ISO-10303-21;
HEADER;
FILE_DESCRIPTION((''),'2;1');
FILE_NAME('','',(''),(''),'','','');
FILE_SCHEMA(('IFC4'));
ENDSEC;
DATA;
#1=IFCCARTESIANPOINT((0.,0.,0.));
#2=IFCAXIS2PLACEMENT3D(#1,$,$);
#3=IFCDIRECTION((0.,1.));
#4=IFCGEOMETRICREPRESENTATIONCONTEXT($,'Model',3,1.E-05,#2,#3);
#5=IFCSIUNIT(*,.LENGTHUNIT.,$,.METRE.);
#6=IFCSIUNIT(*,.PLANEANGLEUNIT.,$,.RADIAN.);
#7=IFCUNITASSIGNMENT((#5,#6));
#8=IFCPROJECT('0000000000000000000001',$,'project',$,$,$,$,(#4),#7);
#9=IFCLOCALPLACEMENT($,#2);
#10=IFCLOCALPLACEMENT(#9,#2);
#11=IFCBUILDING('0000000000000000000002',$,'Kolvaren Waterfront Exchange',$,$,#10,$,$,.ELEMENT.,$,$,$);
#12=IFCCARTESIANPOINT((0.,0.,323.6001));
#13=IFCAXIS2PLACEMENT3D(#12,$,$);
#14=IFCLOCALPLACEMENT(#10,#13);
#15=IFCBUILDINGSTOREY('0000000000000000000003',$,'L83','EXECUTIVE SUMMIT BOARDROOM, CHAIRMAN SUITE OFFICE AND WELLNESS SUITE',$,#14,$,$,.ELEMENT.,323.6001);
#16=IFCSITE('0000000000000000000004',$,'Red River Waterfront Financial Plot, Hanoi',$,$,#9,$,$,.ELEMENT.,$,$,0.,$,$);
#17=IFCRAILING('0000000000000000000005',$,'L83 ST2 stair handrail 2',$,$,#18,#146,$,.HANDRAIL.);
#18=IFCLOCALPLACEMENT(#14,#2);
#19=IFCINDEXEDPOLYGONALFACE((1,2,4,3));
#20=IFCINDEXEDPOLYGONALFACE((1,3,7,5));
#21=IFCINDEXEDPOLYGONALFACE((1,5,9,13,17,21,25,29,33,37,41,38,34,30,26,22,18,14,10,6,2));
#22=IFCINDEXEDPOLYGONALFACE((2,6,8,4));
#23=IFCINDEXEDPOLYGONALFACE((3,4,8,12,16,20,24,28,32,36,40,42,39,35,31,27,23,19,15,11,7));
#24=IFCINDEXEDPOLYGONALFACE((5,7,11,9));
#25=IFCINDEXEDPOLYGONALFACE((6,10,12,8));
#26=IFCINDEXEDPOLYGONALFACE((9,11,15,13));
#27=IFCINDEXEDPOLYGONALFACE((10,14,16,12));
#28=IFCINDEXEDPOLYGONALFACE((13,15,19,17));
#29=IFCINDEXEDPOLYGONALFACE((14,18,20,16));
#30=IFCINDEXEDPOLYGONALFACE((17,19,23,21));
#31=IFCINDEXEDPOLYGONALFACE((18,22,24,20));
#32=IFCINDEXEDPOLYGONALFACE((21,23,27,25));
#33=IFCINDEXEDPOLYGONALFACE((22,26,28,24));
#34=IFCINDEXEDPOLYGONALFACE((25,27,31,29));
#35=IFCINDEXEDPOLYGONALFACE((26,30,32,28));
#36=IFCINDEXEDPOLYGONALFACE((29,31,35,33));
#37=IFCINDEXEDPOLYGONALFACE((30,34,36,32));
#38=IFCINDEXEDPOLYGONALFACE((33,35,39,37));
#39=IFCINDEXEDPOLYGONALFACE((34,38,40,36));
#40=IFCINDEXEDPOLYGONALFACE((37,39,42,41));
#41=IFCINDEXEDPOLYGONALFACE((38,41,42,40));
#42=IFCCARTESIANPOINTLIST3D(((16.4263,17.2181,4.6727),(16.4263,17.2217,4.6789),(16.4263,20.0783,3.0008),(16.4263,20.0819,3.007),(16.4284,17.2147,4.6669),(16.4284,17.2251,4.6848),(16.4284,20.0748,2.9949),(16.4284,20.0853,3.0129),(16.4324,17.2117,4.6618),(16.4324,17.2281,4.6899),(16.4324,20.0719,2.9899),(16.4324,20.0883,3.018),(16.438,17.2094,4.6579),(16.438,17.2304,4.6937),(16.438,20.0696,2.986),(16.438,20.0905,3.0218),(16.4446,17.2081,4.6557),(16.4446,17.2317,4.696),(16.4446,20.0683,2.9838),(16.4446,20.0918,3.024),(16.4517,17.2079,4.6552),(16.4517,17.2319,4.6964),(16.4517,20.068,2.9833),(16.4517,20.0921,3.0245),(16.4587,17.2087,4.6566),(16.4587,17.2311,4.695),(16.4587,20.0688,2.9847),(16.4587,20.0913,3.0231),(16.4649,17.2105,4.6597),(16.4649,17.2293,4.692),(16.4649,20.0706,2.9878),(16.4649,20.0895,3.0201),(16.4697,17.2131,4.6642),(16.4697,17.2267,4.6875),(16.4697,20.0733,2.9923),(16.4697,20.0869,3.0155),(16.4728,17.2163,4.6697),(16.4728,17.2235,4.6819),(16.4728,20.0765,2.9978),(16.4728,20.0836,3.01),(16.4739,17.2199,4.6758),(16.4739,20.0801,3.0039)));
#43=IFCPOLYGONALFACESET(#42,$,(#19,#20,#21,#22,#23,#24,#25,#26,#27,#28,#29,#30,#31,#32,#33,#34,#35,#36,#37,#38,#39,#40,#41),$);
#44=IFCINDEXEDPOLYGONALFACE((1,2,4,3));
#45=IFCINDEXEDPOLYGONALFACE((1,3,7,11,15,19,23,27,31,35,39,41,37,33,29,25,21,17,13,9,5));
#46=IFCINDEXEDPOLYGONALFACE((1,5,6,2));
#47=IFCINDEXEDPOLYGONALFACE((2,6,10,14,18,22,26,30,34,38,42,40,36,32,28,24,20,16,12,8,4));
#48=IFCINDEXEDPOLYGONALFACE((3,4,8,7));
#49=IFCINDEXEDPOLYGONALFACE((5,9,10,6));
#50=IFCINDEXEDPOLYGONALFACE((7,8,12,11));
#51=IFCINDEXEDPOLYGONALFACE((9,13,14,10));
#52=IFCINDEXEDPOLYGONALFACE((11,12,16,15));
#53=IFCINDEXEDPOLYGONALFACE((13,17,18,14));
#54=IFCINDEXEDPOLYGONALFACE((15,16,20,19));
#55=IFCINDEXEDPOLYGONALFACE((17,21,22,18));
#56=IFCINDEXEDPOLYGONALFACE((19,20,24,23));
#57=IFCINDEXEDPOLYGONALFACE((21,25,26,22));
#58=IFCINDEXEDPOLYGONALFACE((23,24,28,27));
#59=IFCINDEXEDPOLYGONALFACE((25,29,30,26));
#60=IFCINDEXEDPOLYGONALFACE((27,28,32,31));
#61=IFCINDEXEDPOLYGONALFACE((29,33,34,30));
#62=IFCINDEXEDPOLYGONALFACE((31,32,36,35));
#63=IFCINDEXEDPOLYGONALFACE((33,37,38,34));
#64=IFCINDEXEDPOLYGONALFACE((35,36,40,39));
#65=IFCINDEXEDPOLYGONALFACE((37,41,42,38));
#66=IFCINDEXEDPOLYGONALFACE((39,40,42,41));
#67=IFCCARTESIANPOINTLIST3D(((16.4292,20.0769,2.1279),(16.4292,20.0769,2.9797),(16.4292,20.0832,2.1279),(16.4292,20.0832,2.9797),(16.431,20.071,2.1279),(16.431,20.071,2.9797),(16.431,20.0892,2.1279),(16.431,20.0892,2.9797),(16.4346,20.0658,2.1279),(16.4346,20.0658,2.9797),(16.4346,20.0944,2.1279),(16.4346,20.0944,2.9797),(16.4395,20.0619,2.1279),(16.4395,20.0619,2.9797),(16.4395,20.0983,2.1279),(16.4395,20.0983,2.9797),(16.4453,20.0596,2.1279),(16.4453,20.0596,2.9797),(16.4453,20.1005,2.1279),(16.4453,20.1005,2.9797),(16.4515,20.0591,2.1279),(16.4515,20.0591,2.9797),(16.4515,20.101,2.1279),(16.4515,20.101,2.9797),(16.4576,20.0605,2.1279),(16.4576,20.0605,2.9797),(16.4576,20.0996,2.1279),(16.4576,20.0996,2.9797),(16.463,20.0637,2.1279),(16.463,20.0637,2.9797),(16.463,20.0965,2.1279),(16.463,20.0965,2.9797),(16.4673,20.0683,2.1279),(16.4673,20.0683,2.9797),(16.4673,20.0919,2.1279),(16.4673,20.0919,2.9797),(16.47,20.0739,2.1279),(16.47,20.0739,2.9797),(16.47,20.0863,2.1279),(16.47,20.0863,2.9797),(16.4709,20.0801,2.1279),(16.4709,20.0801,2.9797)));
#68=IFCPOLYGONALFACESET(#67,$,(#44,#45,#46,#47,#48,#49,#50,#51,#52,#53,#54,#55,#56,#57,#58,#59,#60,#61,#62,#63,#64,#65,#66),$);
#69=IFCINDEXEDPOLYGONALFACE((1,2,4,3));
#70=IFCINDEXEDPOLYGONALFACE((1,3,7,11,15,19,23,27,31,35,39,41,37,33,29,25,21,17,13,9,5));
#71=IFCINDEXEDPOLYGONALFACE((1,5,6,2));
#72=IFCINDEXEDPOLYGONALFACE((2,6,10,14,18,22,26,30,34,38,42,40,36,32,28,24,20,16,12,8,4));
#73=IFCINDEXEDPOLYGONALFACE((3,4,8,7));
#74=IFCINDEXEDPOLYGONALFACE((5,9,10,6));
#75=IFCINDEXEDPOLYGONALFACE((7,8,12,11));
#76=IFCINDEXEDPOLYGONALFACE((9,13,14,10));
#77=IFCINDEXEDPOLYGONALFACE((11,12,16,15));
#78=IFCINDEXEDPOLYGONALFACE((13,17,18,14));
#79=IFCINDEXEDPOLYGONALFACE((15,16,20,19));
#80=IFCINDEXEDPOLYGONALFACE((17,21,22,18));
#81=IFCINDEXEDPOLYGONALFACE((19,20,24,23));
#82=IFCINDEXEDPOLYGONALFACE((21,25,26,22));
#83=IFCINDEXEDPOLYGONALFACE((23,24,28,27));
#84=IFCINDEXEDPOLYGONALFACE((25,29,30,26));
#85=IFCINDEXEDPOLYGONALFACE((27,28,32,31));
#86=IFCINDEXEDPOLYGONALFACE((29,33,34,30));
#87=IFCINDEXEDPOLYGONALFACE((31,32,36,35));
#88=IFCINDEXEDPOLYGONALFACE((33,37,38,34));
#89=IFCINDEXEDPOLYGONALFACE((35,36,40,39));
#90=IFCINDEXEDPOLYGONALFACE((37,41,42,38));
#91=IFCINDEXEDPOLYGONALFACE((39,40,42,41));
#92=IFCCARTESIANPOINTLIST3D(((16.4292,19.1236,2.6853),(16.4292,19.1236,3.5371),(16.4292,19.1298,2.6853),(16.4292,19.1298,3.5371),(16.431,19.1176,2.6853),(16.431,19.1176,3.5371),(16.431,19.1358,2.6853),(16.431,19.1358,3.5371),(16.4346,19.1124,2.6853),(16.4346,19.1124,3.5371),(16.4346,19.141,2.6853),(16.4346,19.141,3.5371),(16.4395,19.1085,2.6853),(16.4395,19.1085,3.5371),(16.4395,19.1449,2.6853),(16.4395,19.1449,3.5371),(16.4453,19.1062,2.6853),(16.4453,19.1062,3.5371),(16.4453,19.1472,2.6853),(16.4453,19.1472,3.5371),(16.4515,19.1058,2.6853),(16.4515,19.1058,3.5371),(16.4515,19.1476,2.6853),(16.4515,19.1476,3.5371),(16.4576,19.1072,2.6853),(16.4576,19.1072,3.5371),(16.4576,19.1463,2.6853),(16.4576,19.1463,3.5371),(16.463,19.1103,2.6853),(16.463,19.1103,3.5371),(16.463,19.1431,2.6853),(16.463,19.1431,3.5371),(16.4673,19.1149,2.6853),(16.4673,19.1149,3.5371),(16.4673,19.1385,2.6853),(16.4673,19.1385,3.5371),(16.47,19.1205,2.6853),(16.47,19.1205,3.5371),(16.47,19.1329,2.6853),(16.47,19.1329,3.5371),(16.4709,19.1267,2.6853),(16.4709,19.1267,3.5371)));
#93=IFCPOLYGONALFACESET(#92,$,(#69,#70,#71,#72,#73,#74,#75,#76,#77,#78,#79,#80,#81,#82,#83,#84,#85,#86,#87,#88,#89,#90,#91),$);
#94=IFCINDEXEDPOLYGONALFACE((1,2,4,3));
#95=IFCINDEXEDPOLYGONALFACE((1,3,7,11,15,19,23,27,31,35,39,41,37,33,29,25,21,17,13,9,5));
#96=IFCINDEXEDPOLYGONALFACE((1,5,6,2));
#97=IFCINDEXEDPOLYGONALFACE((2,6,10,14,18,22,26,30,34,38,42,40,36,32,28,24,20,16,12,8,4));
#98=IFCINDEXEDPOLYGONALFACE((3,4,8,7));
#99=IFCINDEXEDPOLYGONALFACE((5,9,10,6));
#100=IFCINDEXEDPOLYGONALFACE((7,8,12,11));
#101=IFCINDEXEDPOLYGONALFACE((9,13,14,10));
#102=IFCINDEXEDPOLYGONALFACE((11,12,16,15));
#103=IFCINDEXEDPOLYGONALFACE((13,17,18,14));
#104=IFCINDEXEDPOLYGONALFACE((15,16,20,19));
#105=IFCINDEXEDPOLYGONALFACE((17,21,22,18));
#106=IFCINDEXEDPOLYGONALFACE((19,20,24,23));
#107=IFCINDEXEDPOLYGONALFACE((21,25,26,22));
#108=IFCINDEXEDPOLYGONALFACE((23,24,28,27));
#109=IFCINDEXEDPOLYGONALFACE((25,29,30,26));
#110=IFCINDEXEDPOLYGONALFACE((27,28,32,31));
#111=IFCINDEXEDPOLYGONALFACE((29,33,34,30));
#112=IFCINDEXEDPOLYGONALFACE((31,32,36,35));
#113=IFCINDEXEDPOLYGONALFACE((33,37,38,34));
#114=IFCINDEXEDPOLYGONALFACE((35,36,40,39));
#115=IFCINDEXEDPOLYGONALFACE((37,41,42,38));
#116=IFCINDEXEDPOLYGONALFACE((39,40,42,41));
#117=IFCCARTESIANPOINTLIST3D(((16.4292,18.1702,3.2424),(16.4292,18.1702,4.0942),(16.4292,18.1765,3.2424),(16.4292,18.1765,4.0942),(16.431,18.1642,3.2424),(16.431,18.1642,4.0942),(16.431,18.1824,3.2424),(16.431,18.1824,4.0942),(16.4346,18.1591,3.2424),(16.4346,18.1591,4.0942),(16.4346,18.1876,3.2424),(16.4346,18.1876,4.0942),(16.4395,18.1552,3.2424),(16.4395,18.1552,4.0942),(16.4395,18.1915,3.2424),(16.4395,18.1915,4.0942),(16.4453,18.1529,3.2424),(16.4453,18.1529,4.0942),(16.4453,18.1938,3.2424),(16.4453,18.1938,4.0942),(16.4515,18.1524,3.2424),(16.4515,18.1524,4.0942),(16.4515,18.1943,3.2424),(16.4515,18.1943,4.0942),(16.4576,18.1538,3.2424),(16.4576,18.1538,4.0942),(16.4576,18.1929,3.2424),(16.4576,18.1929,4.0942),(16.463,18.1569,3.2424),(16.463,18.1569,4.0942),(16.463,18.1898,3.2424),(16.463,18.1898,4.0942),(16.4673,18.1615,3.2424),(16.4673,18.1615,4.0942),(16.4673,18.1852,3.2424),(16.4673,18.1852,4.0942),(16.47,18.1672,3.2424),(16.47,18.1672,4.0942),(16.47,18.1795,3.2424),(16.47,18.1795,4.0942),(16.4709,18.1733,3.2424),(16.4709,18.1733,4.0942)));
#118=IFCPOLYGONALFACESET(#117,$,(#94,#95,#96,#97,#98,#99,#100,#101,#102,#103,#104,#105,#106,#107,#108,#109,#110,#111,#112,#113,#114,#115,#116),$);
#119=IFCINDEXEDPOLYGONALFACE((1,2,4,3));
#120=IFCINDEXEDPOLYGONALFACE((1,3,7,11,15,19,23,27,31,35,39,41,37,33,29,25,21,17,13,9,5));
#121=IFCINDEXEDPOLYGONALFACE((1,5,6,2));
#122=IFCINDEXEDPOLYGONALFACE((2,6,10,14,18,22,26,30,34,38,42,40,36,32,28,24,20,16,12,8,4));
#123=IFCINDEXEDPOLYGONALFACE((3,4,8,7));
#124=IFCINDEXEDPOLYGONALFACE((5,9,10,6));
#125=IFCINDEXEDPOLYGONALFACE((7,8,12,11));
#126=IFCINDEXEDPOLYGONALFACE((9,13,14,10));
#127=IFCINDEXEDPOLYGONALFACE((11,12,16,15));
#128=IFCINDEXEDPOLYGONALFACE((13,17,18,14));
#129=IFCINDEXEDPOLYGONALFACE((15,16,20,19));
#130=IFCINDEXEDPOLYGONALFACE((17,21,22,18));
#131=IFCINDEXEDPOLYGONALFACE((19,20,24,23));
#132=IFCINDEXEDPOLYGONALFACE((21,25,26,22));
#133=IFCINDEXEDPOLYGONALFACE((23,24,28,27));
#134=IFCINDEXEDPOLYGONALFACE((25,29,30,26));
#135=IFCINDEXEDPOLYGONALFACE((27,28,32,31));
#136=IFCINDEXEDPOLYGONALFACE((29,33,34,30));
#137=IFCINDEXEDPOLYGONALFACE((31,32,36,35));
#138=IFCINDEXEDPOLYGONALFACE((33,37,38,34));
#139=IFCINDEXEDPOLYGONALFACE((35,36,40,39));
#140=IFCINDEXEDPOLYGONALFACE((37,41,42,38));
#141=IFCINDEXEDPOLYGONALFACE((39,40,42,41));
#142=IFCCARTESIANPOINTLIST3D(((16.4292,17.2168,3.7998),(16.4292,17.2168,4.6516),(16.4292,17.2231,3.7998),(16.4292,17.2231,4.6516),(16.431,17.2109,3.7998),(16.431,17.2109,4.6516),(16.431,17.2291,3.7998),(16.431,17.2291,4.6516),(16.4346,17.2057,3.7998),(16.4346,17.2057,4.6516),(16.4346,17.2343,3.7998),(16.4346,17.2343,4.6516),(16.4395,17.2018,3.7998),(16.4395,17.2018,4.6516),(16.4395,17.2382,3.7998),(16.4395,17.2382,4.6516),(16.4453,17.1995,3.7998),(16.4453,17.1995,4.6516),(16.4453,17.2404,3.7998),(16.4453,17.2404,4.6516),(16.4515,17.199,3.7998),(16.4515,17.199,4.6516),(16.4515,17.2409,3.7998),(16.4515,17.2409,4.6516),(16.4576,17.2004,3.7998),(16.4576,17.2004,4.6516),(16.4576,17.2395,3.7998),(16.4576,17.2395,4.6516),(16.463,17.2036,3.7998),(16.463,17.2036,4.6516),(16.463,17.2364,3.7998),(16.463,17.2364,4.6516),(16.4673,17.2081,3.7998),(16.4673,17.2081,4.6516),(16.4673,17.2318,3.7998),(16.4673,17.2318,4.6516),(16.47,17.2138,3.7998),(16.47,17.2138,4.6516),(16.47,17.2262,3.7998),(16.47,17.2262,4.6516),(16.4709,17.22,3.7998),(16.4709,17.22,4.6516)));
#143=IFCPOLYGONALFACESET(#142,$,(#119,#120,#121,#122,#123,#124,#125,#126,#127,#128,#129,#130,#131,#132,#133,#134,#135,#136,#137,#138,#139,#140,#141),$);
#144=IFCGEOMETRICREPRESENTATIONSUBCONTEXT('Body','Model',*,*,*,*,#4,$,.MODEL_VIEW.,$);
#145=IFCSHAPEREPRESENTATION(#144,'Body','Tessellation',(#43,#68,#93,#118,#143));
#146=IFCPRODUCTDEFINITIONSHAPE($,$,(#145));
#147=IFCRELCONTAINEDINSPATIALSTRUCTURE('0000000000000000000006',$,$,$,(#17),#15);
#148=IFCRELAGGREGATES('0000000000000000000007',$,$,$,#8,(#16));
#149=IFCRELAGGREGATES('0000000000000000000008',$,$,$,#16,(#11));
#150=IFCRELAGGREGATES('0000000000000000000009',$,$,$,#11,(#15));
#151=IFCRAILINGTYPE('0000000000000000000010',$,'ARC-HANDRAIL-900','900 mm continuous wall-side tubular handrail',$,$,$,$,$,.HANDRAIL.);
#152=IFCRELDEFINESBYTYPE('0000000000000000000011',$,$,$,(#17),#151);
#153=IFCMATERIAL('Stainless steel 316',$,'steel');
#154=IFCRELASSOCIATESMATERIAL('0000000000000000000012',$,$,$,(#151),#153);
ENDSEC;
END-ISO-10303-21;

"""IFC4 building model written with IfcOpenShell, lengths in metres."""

from ifc_helpers import new_model, si_unit, direction, frame, origin, origin_2d, place, context, subcontext, project, spatial, circle, extrude, material, type_object, element, save


model = new_model("IFC4")

# Units and contexts
model_context = context("Model", 3, precision=1e-05, world=origin(), true_north=direction((0.0, 1.0)))
body_context = subcontext(model_context, "Body", "Model", "MODEL_VIEW")
ifc_project = project(units=[si_unit("LENGTHUNIT", "METRE"), si_unit("PLANEANGLEUNIT", "RADIAN")], contexts=[model_context])

# Site, building, storey
site_placement = place(None, origin())
site = spatial("IfcSite", under=ifc_project, at=site_placement, Name="Red River Waterfront Financial Plot, Hanoi", CompositionType="ELEMENT", RefElevation=0.0)
building_placement = place(site_placement, origin())
building = spatial("IfcBuilding", under=site, at=building_placement, Name="Kolvaren Waterfront Exchange", CompositionType="ELEMENT")
storey_placement = place(building_placement, frame((0.0, 0.0, 323.6001)))
storey = spatial("IfcBuildingStorey", under=building, at=storey_placement, Name="L83", Description="EXECUTIVE SUMMIT BOARDROOM, CHAIRMAN SUITE OFFICE AND WELLNESS SUITE", CompositionType="ELEMENT", Elevation=323.6001)

# Railing
ifc_material_1 = material(Name="Stainless steel 316", Category="steel")
railing_type_1 = type_object("IfcRailingType", Name="ARC-HANDRAIL-900", Description="900 mm continuous wall-side tubular handrail", PredefinedType="HANDRAIL", material=ifc_material_1)
railing_1_placement = place(storey_placement, frame((16.45, 20.0801, 2.1279)))
element("IfcRailing", 1, at=railing_1_placement, inside=storey, type_object=railing_type_1, Name="L83 ST2 stair handrail 2", PredefinedType="HANDRAIL", context=body_context, shape_type="SweptSolid", body=[
    extrude(circle(Radius=0.0239, at=origin_2d()), frame((0.0, 0.0, 0.876), z_axis=(0.0, -0.863321, 0.504654), x_axis=(1.0, 0.0, 0.0)), (0.0, 0.0, 1.0), 3.313),
    extrude(circle(Radius=0.021, at=origin_2d()), origin(), (0.0, 0.0, 1.0), 0.8518),
    extrude(circle(Radius=0.021, at=origin_2d()), frame((0.0, -0.9534, 0.5574)), (0.0, 0.0, 1.0), 0.8518),
    extrude(circle(Radius=0.021, at=origin_2d()), frame((0.0, -1.9067, 1.1145)), (0.0, 0.0, 1.0), 0.8518),
    extrude(circle(Radius=0.021, at=origin_2d()), frame((0.0, -2.8601, 1.6719)), (0.0, 0.0, 1.0), 0.8518),
])

save(model, "model.ifc")
